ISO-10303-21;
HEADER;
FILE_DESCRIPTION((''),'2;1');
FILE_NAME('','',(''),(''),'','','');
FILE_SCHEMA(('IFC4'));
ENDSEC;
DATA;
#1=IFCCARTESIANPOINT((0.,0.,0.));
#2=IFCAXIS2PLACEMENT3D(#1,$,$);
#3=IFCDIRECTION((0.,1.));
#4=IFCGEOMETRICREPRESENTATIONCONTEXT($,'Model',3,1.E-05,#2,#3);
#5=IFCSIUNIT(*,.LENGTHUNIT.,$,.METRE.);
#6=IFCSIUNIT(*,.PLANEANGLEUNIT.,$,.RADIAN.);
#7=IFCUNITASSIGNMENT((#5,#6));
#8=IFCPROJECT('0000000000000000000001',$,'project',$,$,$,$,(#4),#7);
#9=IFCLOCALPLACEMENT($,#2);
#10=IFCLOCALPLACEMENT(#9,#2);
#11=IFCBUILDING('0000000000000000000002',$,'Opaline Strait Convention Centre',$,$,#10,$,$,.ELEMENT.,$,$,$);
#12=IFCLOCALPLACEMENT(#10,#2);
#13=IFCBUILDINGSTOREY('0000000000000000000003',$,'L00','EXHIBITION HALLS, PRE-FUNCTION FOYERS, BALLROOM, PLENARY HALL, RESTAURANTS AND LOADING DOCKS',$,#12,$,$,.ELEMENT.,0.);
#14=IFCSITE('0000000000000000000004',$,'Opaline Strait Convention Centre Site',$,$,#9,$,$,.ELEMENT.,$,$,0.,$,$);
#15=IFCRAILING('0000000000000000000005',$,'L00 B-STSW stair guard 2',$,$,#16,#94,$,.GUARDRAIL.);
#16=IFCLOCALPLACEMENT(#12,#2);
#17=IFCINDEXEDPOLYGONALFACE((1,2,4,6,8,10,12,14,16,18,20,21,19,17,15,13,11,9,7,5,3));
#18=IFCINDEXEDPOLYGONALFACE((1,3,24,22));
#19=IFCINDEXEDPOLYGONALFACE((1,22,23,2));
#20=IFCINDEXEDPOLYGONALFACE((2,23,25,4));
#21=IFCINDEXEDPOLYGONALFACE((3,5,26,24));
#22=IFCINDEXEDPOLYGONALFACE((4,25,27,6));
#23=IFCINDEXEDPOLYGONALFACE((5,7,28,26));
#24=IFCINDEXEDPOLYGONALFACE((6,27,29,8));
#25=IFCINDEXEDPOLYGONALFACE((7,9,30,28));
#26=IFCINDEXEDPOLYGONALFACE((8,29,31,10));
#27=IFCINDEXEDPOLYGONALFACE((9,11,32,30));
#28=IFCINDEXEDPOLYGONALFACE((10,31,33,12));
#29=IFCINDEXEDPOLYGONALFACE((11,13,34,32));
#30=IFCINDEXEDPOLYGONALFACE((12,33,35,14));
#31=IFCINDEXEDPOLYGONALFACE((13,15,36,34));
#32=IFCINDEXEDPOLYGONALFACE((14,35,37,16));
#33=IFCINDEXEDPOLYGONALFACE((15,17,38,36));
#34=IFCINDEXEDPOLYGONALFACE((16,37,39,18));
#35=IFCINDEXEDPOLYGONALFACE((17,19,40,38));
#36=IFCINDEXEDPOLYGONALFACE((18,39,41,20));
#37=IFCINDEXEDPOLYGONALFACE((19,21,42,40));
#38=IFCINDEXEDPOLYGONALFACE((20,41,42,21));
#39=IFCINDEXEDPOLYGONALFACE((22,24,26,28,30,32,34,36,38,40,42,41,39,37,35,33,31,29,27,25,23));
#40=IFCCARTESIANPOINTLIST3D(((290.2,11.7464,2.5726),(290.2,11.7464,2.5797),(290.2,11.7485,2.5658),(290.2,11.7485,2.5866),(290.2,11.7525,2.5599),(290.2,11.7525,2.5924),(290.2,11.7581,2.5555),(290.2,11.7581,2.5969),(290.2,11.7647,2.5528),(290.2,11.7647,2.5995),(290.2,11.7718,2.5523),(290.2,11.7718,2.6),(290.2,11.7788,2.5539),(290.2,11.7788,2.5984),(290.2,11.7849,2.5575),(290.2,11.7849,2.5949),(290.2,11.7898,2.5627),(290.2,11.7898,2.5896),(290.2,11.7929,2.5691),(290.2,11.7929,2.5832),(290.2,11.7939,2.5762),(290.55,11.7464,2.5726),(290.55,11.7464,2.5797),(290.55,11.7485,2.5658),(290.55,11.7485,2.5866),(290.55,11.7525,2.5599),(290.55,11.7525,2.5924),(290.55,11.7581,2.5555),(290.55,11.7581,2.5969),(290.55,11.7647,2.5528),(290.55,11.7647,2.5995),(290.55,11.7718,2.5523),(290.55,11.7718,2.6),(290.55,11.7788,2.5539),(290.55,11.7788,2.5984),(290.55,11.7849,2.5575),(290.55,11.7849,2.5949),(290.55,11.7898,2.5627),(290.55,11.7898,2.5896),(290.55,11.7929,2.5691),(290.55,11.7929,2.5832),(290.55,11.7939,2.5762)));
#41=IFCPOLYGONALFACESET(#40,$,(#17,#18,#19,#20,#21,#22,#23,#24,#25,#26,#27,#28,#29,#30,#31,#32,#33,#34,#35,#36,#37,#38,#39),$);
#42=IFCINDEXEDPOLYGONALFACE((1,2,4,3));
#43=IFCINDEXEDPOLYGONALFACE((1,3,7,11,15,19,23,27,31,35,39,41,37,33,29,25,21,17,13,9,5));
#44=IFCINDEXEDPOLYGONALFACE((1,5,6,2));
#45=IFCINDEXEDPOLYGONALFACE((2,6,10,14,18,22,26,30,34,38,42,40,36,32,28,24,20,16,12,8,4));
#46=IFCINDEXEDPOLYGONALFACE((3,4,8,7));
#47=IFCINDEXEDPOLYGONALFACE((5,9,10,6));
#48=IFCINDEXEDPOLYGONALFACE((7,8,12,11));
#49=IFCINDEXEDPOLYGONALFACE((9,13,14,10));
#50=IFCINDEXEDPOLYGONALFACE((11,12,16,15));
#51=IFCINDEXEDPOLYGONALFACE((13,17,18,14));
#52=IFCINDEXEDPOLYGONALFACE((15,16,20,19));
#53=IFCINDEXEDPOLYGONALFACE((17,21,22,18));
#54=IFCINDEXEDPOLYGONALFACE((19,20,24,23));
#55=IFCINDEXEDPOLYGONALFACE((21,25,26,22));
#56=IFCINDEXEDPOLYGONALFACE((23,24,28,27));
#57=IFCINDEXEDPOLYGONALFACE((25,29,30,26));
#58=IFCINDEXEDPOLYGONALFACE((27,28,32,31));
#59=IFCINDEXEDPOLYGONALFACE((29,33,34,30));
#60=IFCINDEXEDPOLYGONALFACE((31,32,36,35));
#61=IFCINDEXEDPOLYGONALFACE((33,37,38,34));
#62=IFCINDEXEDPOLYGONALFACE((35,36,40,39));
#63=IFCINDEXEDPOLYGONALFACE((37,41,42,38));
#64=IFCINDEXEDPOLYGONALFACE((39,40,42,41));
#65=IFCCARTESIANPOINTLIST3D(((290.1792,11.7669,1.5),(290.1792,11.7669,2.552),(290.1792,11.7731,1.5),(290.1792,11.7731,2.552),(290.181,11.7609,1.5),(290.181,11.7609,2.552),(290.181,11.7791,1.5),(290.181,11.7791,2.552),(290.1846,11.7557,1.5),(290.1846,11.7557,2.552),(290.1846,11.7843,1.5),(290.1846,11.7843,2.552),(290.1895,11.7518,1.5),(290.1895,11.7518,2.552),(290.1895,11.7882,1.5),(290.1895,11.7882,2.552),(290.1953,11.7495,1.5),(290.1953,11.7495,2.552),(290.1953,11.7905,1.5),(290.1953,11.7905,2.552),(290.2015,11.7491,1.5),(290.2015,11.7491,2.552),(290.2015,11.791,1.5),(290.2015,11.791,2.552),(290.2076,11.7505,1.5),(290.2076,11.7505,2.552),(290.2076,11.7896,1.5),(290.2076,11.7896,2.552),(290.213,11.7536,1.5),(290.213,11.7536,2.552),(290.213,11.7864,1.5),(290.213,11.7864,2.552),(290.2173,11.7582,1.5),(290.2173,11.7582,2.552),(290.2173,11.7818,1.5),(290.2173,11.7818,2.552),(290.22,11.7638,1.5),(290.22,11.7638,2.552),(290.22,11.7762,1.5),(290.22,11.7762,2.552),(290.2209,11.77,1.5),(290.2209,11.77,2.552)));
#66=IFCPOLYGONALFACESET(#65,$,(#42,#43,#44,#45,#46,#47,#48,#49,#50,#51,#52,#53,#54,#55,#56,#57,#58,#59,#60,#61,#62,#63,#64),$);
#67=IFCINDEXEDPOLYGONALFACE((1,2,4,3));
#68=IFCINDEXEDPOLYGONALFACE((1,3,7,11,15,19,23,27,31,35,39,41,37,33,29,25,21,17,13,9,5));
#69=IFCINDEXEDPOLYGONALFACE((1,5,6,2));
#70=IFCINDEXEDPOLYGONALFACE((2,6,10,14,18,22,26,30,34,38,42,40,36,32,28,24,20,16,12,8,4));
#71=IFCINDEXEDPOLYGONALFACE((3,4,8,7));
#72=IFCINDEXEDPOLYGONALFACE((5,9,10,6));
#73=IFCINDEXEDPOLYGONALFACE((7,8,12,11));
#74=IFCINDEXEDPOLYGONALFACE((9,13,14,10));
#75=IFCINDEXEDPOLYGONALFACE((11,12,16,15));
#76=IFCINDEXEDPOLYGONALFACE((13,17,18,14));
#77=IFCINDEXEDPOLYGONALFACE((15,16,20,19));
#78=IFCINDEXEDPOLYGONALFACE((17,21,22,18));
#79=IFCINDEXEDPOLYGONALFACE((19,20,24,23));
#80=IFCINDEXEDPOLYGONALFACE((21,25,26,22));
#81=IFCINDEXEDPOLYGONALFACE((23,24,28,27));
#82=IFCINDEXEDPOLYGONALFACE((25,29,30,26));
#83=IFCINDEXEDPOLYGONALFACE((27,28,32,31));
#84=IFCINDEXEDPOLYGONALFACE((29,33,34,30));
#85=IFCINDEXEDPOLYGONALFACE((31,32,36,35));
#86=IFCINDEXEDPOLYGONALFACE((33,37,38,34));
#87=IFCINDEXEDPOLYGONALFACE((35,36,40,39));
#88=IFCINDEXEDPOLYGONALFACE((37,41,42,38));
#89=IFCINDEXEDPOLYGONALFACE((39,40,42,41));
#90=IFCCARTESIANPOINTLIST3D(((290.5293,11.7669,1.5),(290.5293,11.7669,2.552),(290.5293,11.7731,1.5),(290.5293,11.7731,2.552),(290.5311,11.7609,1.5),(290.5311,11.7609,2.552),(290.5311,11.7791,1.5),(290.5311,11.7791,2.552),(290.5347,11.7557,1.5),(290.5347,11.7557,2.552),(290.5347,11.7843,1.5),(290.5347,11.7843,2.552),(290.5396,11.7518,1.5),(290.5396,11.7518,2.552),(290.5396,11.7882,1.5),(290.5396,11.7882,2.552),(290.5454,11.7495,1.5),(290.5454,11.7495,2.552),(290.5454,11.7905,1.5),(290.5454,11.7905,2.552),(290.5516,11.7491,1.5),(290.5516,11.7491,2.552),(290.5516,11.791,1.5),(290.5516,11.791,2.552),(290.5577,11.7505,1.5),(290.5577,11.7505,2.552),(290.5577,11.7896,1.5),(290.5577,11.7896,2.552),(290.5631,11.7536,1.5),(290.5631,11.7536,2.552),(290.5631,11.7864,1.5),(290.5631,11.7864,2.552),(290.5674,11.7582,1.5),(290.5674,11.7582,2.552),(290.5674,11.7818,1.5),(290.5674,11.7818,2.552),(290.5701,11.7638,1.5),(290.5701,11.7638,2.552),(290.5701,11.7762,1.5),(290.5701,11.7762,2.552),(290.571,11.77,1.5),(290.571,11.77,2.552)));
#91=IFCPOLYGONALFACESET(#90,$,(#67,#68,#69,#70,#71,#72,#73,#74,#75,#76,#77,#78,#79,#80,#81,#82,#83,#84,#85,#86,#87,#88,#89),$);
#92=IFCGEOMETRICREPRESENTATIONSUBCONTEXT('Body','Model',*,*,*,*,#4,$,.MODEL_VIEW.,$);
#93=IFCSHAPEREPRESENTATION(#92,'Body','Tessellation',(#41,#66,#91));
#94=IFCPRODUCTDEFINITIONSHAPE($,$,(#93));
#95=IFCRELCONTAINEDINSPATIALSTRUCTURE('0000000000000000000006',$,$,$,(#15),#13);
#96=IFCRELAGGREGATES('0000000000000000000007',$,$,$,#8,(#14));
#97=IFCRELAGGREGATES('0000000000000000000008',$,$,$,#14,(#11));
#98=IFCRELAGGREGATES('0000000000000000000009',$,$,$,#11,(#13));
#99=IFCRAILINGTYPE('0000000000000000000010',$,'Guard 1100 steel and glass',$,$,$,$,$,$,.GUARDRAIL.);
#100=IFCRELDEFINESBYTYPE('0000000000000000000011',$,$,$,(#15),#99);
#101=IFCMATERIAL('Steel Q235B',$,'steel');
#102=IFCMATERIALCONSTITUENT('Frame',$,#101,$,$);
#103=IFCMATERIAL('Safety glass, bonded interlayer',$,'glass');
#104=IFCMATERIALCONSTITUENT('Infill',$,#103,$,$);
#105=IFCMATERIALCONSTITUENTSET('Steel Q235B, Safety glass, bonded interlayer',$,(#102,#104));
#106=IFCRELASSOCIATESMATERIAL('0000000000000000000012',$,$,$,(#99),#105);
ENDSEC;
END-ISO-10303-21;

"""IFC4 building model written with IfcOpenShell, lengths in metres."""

from ifc_helpers import new_model, si_unit, direction, frame, origin, origin_2d, place, context, subcontext, project, spatial, circle, extrude, material, constituent, constituent_set, type_object, element, save


model = new_model("IFC4")

# Units and contexts
model_context = context("Model", 3, precision=1e-05, world=origin(), true_north=direction((0.0, 1.0)))
body_context = subcontext(model_context, "Body", "Model", "MODEL_VIEW")
ifc_project = project(units=[si_unit("LENGTHUNIT", "METRE"), si_unit("PLANEANGLEUNIT", "RADIAN")], contexts=[model_context])

# Site, building, storey
site_placement = place(None, origin())
site = spatial("IfcSite", under=ifc_project, at=site_placement, Name="Opaline Strait Convention Centre Site", CompositionType="ELEMENT", RefElevation=0.0)
building_placement = place(site_placement, origin())
building = spatial("IfcBuilding", under=site, at=building_placement, Name="Opaline Strait Convention Centre", CompositionType="ELEMENT")
storey_placement = place(building_placement, origin())
storey = spatial("IfcBuildingStorey", under=building, at=storey_placement, Name="L00", Description="EXHIBITION HALLS, PRE-FUNCTION FOYERS, BALLROOM, PLENARY HALL, RESTAURANTS AND LOADING DOCKS", CompositionType="ELEMENT", Elevation=0.0)

# Shared definitions
ifc_material_1 = material(Name="Steel Q235B", Category="steel")

# Railing
ifc_constituent_1 = constituent(ifc_material_1, Name="Frame")
ifc_material_2 = material(Name="Safety glass, bonded interlayer", Category="glass")
ifc_constituent_2 = constituent(ifc_material_2, Name="Infill")
ifc_constituent_set = constituent_set(constituents=[ifc_constituent_1, ifc_constituent_2], Name="Steel Q235B, Safety glass, bonded interlayer")
railing_type_1 = type_object("IfcRailingType", Name="Guard 1100 steel and glass", PredefinedType="GUARDRAIL", material=ifc_constituent_set)
railing_1_placement = place(storey_placement, frame((290.2, 11.77, 1.5)))
element("IfcRailing", 1, at=railing_1_placement, inside=storey, type_object=railing_type_1, Name="L00 B-STSW stair guard 2", PredefinedType="GUARDRAIL", context=body_context, shape_type="SweptSolid", body=[
    extrude(circle(Radius=0.0239, at=origin_2d()), frame((0.0, 0.0, 1.0762), z_axis=(1.0, 0.0, 0.0), x_axis=(0.0, 1.0, 0.0)), (0.0, 0.0, 1.0), 0.3501),
    extrude(circle(Radius=0.021, at=origin_2d()), origin(), (0.0, 0.0, 1.0), 1.052),
    extrude(circle(Radius=0.021, at=origin_2d()), frame((0.3501, 0.0, 0.0)), (0.0, 0.0, 1.0), 1.052),
])

save(model, "model.ifc")
